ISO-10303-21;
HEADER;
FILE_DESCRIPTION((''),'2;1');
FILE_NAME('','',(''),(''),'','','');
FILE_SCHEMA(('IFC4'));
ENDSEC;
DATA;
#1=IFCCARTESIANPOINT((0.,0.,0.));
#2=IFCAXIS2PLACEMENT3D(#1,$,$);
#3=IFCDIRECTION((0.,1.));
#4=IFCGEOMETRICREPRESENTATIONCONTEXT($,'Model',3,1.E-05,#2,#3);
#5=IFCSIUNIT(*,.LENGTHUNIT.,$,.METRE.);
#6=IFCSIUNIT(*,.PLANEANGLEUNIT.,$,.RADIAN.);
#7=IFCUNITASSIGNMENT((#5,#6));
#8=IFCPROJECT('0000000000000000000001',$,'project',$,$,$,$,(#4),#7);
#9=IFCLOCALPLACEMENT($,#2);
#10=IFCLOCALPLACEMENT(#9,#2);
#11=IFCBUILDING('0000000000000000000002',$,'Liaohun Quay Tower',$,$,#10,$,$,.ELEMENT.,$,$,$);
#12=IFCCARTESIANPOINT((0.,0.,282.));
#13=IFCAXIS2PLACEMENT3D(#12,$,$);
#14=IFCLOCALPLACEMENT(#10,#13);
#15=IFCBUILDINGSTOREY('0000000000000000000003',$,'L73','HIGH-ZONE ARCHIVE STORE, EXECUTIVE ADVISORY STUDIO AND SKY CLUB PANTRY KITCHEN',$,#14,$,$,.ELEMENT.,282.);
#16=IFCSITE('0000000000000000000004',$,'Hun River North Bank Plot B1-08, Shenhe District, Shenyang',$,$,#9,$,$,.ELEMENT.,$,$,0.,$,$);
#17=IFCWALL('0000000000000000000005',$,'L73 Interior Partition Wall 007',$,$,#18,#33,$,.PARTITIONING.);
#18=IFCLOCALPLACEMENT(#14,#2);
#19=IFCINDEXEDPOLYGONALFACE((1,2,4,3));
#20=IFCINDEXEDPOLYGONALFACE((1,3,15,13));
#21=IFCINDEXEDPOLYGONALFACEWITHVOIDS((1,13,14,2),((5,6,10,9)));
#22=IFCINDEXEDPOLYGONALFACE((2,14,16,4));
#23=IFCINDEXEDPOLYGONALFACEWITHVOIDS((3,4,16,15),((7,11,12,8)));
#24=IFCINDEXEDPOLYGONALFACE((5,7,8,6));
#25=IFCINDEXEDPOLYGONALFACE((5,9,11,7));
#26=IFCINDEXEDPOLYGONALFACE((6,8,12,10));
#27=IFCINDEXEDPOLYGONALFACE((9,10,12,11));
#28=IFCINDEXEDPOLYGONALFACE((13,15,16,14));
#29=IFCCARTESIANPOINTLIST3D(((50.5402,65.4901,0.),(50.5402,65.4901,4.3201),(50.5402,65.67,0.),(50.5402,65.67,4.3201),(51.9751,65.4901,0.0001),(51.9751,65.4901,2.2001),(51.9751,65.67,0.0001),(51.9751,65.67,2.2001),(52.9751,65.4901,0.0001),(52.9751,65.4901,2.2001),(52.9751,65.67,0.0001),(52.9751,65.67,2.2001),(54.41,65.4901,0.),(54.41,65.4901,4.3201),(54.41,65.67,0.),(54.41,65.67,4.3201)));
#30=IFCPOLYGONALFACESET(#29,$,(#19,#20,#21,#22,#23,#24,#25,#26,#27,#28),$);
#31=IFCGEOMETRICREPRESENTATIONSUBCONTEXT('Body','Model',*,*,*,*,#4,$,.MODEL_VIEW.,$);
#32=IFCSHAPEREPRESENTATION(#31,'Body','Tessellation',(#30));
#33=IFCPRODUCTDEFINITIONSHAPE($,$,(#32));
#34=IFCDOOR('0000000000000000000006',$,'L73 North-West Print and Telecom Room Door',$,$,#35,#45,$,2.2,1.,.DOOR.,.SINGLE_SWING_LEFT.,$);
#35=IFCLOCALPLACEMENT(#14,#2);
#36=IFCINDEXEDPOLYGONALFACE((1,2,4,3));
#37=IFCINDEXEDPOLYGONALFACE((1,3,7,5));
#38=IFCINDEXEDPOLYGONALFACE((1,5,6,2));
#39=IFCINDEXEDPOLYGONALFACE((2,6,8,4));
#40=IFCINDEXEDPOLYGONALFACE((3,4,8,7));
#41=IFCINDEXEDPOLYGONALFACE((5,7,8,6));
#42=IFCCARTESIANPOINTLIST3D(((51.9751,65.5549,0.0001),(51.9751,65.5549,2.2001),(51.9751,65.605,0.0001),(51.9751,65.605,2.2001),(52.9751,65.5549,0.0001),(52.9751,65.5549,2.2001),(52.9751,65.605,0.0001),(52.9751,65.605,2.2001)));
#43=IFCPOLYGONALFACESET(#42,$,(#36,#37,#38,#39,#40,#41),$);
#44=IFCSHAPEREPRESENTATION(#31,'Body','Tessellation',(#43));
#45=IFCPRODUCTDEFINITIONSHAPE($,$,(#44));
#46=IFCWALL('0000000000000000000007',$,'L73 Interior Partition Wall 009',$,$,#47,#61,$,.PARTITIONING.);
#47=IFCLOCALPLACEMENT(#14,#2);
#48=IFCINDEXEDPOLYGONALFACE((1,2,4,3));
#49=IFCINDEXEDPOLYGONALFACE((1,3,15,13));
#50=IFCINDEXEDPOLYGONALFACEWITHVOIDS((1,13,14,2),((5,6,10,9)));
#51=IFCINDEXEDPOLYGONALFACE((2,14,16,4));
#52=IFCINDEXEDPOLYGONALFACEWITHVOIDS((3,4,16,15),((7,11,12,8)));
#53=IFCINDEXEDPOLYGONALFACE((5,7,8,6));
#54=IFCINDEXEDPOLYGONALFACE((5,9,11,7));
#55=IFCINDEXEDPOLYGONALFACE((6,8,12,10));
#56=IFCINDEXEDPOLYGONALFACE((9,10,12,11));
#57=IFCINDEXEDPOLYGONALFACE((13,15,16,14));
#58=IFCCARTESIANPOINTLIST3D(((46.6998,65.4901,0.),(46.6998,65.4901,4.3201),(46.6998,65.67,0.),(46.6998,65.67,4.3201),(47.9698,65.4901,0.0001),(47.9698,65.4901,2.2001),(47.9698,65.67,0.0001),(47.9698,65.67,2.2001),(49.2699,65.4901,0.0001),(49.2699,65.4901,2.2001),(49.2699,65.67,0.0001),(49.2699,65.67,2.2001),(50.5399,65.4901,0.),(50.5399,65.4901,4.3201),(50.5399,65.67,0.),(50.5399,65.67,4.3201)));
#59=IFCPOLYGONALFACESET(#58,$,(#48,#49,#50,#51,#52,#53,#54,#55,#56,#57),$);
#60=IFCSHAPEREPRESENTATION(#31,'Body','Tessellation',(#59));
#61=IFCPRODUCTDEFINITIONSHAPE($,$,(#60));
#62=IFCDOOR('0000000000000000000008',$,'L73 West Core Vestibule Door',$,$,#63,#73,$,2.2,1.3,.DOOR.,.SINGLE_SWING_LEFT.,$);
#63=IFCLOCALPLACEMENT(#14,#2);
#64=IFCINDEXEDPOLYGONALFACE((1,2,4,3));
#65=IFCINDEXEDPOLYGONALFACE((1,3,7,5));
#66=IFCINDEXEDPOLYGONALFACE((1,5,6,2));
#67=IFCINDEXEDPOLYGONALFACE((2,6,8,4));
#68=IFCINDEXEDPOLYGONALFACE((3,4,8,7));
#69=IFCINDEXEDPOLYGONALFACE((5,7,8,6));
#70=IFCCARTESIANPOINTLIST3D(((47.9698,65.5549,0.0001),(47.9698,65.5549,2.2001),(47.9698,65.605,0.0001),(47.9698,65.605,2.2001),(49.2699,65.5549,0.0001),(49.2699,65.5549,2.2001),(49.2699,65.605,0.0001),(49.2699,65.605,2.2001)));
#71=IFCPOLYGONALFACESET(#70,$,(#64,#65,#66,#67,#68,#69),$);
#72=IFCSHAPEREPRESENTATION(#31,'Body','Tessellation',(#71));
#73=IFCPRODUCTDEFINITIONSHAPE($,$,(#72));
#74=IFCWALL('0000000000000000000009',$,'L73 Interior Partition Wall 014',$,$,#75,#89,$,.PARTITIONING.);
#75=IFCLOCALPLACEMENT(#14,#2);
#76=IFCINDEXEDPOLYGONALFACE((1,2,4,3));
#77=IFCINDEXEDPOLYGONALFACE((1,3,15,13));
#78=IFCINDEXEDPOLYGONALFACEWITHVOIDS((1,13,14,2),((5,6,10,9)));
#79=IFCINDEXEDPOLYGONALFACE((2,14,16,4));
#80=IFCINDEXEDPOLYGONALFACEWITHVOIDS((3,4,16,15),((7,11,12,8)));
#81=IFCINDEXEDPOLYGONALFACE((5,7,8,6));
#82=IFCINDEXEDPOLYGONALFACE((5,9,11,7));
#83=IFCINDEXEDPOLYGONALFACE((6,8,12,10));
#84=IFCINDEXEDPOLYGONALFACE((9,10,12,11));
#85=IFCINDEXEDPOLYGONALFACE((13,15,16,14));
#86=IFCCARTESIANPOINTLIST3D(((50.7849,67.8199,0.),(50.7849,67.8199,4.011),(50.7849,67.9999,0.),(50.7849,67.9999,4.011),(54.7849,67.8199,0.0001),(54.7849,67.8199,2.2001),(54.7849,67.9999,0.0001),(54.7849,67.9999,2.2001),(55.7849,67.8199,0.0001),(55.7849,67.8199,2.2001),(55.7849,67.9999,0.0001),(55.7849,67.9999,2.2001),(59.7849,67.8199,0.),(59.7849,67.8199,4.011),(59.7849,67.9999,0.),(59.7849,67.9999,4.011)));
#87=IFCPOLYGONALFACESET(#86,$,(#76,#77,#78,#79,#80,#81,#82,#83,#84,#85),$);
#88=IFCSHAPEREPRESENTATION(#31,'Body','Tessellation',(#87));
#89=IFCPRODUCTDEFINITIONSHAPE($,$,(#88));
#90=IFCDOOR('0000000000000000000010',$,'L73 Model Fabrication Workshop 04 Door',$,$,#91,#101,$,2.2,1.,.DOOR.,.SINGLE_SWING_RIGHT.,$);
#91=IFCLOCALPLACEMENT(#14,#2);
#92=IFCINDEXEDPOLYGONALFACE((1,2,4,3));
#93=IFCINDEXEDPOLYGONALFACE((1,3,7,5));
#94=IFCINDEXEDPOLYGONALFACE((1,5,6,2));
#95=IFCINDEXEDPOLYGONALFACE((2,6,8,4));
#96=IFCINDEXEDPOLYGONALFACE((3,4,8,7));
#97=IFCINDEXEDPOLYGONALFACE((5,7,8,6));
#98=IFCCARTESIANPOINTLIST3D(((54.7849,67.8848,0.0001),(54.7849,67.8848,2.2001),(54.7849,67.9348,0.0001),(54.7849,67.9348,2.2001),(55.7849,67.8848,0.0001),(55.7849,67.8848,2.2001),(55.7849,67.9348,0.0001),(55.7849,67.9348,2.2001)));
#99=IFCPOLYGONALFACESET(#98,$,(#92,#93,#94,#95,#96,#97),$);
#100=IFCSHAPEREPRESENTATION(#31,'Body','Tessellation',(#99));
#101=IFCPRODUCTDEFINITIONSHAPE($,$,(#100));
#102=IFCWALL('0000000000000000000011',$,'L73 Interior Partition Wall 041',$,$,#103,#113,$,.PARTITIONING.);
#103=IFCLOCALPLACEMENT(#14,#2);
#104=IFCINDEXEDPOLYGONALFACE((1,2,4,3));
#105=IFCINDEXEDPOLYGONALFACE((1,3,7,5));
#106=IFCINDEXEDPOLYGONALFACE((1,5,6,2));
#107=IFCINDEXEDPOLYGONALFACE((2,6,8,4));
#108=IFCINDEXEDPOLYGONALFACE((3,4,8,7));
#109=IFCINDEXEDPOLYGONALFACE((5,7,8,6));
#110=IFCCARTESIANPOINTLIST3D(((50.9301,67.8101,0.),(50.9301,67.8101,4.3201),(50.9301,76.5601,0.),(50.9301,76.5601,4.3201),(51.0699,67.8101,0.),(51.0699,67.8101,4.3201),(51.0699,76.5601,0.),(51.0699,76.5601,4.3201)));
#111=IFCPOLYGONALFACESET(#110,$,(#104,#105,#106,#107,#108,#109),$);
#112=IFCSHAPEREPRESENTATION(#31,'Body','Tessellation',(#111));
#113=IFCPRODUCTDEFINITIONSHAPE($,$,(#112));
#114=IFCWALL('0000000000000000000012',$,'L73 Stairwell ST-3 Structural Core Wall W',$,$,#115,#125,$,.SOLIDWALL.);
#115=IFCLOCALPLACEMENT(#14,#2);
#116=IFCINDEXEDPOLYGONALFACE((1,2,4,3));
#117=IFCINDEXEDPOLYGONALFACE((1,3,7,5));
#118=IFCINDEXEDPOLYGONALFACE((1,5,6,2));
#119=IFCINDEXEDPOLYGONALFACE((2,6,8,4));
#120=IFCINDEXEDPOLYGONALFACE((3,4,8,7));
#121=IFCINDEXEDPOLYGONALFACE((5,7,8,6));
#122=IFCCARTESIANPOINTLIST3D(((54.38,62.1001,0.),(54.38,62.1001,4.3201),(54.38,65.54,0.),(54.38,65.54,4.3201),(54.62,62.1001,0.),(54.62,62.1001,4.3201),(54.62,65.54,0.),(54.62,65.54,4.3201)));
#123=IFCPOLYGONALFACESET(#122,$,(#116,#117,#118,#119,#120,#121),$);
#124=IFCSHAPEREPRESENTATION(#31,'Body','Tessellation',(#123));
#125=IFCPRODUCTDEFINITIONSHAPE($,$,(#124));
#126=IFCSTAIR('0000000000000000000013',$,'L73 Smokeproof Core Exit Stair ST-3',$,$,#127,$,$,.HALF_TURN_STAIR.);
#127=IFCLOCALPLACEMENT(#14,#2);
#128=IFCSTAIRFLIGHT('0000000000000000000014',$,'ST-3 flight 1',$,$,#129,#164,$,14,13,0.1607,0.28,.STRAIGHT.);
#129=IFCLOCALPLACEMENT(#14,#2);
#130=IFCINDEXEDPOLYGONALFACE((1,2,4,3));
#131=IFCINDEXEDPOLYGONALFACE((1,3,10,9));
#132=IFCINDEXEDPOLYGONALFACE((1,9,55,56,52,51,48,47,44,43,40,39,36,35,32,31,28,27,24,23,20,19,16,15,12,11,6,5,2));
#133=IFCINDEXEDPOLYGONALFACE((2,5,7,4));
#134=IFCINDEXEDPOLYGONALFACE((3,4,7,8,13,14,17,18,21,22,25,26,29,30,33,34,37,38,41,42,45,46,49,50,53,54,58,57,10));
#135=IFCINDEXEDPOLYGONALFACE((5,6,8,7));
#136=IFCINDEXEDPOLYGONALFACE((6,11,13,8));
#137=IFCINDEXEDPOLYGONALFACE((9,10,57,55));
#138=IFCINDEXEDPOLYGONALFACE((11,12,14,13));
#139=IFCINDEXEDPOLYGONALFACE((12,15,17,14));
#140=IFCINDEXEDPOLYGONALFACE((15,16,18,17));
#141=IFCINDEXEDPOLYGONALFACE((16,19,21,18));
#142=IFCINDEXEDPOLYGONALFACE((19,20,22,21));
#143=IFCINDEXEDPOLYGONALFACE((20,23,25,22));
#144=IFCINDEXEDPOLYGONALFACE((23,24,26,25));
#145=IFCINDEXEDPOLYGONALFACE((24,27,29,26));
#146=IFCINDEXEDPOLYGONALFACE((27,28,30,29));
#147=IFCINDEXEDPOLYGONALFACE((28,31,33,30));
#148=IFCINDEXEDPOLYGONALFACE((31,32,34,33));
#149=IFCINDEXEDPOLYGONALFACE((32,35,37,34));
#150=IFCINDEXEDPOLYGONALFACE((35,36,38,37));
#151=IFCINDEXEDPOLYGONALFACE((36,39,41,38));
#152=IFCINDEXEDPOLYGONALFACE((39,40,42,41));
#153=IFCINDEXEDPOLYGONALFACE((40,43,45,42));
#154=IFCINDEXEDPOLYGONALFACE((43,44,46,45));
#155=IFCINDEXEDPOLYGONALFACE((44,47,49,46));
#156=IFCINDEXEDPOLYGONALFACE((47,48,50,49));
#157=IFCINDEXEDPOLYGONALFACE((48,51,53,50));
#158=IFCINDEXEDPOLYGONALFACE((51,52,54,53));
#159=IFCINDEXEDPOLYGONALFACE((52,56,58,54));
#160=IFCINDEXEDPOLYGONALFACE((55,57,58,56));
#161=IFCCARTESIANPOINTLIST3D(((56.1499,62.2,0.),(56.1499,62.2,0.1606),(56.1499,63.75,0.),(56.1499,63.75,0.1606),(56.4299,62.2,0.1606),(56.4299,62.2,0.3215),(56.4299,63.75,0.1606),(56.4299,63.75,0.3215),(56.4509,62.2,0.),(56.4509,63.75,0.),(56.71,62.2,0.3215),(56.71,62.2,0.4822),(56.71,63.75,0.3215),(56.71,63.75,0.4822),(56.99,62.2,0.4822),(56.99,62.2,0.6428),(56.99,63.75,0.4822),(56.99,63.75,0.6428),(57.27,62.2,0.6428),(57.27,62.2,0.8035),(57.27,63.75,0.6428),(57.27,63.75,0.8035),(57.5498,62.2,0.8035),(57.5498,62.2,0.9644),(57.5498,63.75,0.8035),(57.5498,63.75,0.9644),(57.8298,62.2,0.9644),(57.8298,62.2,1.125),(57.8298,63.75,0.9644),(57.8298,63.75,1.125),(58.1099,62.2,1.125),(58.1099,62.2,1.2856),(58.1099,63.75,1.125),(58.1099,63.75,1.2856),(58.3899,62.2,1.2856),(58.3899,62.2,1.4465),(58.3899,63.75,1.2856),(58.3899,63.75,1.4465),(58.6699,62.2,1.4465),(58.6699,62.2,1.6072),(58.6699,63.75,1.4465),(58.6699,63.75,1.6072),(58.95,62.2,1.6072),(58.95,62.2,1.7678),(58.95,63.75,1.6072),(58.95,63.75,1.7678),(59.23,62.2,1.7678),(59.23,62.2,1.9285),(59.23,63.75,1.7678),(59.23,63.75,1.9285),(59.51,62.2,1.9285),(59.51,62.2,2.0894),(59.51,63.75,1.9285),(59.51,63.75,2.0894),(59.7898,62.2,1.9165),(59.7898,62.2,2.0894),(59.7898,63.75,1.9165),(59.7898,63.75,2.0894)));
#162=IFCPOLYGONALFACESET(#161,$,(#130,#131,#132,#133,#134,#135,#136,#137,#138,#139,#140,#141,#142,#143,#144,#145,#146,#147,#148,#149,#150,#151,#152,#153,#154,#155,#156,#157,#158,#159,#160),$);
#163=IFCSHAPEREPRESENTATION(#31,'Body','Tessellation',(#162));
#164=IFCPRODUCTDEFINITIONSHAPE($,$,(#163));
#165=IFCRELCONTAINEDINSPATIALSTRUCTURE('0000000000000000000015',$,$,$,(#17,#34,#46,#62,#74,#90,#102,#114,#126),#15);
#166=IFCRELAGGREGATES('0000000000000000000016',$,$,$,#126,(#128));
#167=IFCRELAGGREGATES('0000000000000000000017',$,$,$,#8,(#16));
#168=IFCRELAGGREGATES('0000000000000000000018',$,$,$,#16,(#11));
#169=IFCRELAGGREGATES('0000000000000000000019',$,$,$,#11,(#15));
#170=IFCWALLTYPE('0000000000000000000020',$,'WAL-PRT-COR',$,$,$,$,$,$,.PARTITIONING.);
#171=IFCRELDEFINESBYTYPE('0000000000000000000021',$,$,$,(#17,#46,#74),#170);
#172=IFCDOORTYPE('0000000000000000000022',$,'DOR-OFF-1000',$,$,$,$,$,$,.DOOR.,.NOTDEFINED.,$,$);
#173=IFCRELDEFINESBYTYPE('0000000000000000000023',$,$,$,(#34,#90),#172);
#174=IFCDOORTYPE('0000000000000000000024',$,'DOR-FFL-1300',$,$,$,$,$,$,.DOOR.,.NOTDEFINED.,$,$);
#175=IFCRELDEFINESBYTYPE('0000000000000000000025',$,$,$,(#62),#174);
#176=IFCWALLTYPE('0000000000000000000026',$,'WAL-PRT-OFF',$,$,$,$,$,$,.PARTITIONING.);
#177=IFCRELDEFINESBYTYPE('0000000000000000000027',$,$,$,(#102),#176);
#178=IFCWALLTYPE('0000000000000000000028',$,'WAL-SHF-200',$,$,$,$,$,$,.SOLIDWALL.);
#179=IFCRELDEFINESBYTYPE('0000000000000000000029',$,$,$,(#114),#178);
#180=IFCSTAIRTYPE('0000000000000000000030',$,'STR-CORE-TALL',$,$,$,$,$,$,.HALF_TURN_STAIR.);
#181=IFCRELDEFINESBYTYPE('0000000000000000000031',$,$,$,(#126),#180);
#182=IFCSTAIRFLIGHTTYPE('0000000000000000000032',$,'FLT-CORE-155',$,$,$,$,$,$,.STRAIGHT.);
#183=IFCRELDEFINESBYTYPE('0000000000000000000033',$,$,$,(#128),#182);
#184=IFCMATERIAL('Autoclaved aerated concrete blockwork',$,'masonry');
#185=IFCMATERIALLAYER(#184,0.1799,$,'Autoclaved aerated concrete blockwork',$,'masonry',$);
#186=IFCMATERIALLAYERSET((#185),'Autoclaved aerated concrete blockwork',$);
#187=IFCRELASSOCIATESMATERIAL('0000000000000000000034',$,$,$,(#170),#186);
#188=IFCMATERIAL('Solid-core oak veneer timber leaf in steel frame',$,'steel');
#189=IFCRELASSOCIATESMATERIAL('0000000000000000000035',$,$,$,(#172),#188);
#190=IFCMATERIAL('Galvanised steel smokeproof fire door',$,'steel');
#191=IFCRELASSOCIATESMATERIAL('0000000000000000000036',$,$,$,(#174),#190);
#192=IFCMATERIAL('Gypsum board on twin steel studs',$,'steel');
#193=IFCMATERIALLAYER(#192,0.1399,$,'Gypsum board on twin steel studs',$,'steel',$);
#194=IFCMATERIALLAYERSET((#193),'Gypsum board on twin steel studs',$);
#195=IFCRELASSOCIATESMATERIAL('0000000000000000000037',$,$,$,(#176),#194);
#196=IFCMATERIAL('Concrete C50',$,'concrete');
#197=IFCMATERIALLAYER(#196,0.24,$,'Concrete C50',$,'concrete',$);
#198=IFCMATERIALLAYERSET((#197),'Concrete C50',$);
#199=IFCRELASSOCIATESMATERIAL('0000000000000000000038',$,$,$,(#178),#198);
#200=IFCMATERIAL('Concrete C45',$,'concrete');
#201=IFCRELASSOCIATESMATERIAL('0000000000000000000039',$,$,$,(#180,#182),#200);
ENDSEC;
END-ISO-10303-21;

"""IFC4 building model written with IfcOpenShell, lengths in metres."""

from ifc_helpers import new_model, si_unit, direction, frame, frame_2d, origin, place, context, subcontext, project, spatial, polyline, rectangle, outline, extrude, source, transform, mapped, material, layer, layer_set, type_object, element, fill, aggregate, save


model = new_model("IFC4")

# Units and contexts
model_context = context("Model", 3, precision=1e-05, world=origin(), true_north=direction((0.0, 1.0)))
body_context = subcontext(model_context, "Body", "Model", "MODEL_VIEW")
ifc_project = project(units=[si_unit("LENGTHUNIT", "METRE"), si_unit("PLANEANGLEUNIT", "RADIAN")], contexts=[model_context])

# Site, building, storey
site_placement = place(None, origin())
site = spatial("IfcSite", under=ifc_project, at=site_placement, Name="Hun River North Bank Plot B1-08, Shenhe District, Shenyang", CompositionType="ELEMENT", RefElevation=0.0)
building_placement = place(site_placement, origin())
building = spatial("IfcBuilding", under=site, at=building_placement, Name="Liaohun Quay Tower", CompositionType="ELEMENT")
storey_placement = place(building_placement, frame((0.0, 0.0, 282.0)))
storey = spatial("IfcBuildingStorey", under=building, at=storey_placement, Name="L73", Description="HIGH-ZONE ARCHIVE STORE, EXECUTIVE ADVISORY STUDIO AND SKY CLUB PANTRY KITCHEN", CompositionType="ELEMENT", Elevation=282.0)

# Walls, openings, doors
ifc_material_1 = material(Name="Autoclaved aerated concrete blockwork", Category="masonry")
ifc_layer_1 = layer(ifc_material_1, 0.1799, Name="Autoclaved aerated concrete blockwork", Category="masonry")
ifc_layer_set_1 = layer_set([ifc_layer_1], Name="Autoclaved aerated concrete blockwork")
wall_type_1 = type_object("IfcWallType", Name="WAL-PRT-COR", PredefinedType="PARTITIONING", material=ifc_layer_set_1)
wall_1_placement = place(storey_placement, frame((50.54, 65.5801, 0.0), z_axis=(0.0, 0.0, 1.0), x_axis=(1.0, 0.0, 0.0)))
wall_1 = element("IfcWall", 1, at=wall_1_placement, inside=storey, type_object=wall_type_1, Name="L73 Interior Partition Wall 007", PredefinedType="PARTITIONING", context=body_context, shape_type="SweptSolid", body=[
    extrude(rectangle(XDim=3.8699, YDim=0.1799, at=frame_2d((1.9351, 0.0))), origin(), (0.0, 0.0, 1.0), 4.3201),
])
shared_shape_1 = source(origin(), body_context, "Body", "SweptSolid", [
    extrude(rectangle(XDim=1.0, YDim=2.2, at=frame_2d((0.5, 1.1001))), frame((0.0, 0.0999, 0.0), z_axis=(0.0, -1.0, 0.0), x_axis=(1.0, 0.0, 0.0)), (0.0, 0.0, 1.0), 0.2),
])
opening_1_placement = place(wall_1_placement, frame((1.4351, 0.0, 0.0)))
opening_1 = element("IfcOpeningElement", 2, at=opening_1_placement, cuts=wall_1, PredefinedType="OPENING", context=body_context, shape_type="MappedRepresentation", body=[
    mapped(shared_shape_1, transform((0.0, 0.0, 0.0), x_axis=(1.0, 0.0, 0.0), y_axis=(0.0, 1.0, 0.0), z_axis=(0.0, 0.0, 1.0), scale=1.0)),
])
ifc_material_2 = material(Name="Solid-core oak veneer timber leaf in steel frame", Category="steel")
door_type_1 = type_object("IfcDoorType", Name="DOR-OFF-1000", OperationType="NOTDEFINED", PredefinedType="DOOR", material=ifc_material_2)
shared_shape_2 = source(origin(), body_context, "Body", "SweptSolid", [
    extrude(rectangle(XDim=1.0, YDim=2.2, at=frame_2d((0.5, 1.1001))), frame((0.0, 0.0249, 0.0), z_axis=(0.0, -1.0, 0.0), x_axis=(1.0, 0.0, 0.0)), (0.0, 0.0, 1.0), 0.05),
])
door_1_placement = place(opening_1_placement, origin())
door_1 = element("IfcDoor", 3, at=door_1_placement, inside=storey, type_object=door_type_1, Name="L73 North-West Print and Telecom Room Door", OperationType="SINGLE_SWING_LEFT", OverallHeight=2.2, OverallWidth=1.0, PredefinedType="DOOR", context=body_context, shape_type="MappedRepresentation", body=[
    mapped(shared_shape_2, transform((0.0, 0.0, 0.0), x_axis=(1.0, 0.0, 0.0), y_axis=(0.0, 1.0, 0.0), z_axis=(0.0, 0.0, 1.0), scale=1.0)),
])
fill(opening_1, door_1)
wall_2_placement = place(storey_placement, frame((46.7, 65.5801, 0.0), z_axis=(0.0, 0.0, 1.0), x_axis=(1.0, 0.0, 0.0)))
wall_2 = element("IfcWall", 4, at=wall_2_placement, inside=storey, type_object=wall_type_1, Name="L73 Interior Partition Wall 009", PredefinedType="PARTITIONING", context=body_context, shape_type="SweptSolid", body=[
    extrude(rectangle(XDim=3.8401, YDim=0.1799, at=frame_2d((1.9199, 0.0))), origin(), (0.0, 0.0, 1.0), 4.3201),
])
shared_shape_3 = source(origin(), body_context, "Body", "SweptSolid", [
    extrude(rectangle(XDim=1.3, YDim=2.2, at=frame_2d((0.6499, 1.1001))), frame((0.0, 0.0999, 0.0), z_axis=(0.0, -1.0, 0.0), x_axis=(1.0, 0.0, 0.0)), (0.0, 0.0, 1.0), 0.2),
])
opening_2_placement = place(wall_2_placement, frame((1.27, 0.0, 0.0)))
opening_2 = element("IfcOpeningElement", 5, at=opening_2_placement, cuts=wall_2, PredefinedType="OPENING", context=body_context, shape_type="MappedRepresentation", body=[
    mapped(shared_shape_3, transform((0.0, 0.0, 0.0), x_axis=(1.0, 0.0, 0.0), y_axis=(0.0, 1.0, 0.0), z_axis=(0.0, 0.0, 1.0), scale=1.0)),
])
ifc_material_3 = material(Name="Galvanised steel smokeproof fire door", Category="steel")
door_type_2 = type_object("IfcDoorType", Name="DOR-FFL-1300", OperationType="NOTDEFINED", PredefinedType="DOOR", material=ifc_material_3)
shared_shape_4 = source(origin(), body_context, "Body", "SweptSolid", [
    extrude(rectangle(XDim=1.3, YDim=2.2, at=frame_2d((0.6499, 1.1001))), frame((0.0, 0.0249, 0.0), z_axis=(0.0, -1.0, 0.0), x_axis=(1.0, 0.0, 0.0)), (0.0, 0.0, 1.0), 0.05),
])
door_2_placement = place(opening_2_placement, origin())
door_2 = element("IfcDoor", 6, at=door_2_placement, inside=storey, type_object=door_type_2, Name="L73 West Core Vestibule Door", OperationType="SINGLE_SWING_LEFT", OverallHeight=2.2, OverallWidth=1.3, PredefinedType="DOOR", context=body_context, shape_type="MappedRepresentation", body=[
    mapped(shared_shape_4, transform((0.0, 0.0, 0.0), x_axis=(1.0, 0.0, 0.0), y_axis=(0.0, 1.0, 0.0), z_axis=(0.0, 0.0, 1.0), scale=1.0)),
])
fill(opening_2, door_2)
wall_3_placement = place(storey_placement, frame((50.7849, 67.9099, 0.0), z_axis=(0.0, 0.0, 1.0), x_axis=(1.0, 0.0, 0.0)))
wall_3 = element("IfcWall", 7, at=wall_3_placement, inside=storey, type_object=wall_type_1, Name="L73 Interior Partition Wall 014", PredefinedType="PARTITIONING", context=body_context, shape_type="SweptSolid", body=[
    extrude(rectangle(XDim=9.0, YDim=0.1799, at=frame_2d((4.5, 0.0))), origin(), (0.0, 0.0, 1.0), 4.011),
])
opening_3_placement = place(wall_3_placement, frame((4.0, 0.0, 0.0)))
opening_3 = element("IfcOpeningElement", 8, at=opening_3_placement, cuts=wall_3, PredefinedType="OPENING", context=body_context, shape_type="MappedRepresentation", body=[
    mapped(shared_shape_1, transform((0.0, 0.0, 0.0), x_axis=(1.0, 0.0, 0.0), y_axis=(0.0, 1.0, 0.0), z_axis=(0.0, 0.0, 1.0), scale=1.0)),
])
door_3_placement = place(opening_3_placement, origin())
door_3 = element("IfcDoor", 9, at=door_3_placement, inside=storey, type_object=door_type_1, Name="L73 Model Fabrication Workshop 04 Door", OperationType="SINGLE_SWING_RIGHT", OverallHeight=2.2, OverallWidth=1.0, PredefinedType="DOOR", context=body_context, shape_type="MappedRepresentation", body=[
    mapped(shared_shape_2, transform((0.0, 0.0, 0.0), x_axis=(1.0, 0.0, 0.0), y_axis=(0.0, 1.0, 0.0), z_axis=(0.0, 0.0, 1.0), scale=1.0)),
])
fill(opening_3, door_3)

# Walls
ifc_material_4 = material(Name="Gypsum board on twin steel studs", Category="steel")
ifc_layer_2 = layer(ifc_material_4, 0.1399, Name="Gypsum board on twin steel studs", Category="steel")
ifc_layer_set_2 = layer_set([ifc_layer_2], Name="Gypsum board on twin steel studs")
wall_type_2 = type_object("IfcWallType", Name="WAL-PRT-OFF", PredefinedType="PARTITIONING", material=ifc_layer_set_2)
wall_4_placement = place(storey_placement, frame((51.0, 67.8101, 0.0), z_axis=(0.0, 0.0, 1.0), x_axis=(0.0, 1.0, 0.0)))
element("IfcWall", 10, at=wall_4_placement, inside=storey, type_object=wall_type_2, Name="L73 Interior Partition Wall 041", PredefinedType="PARTITIONING", context=body_context, shape_type="SweptSolid", body=[
    extrude(rectangle(XDim=8.75, YDim=0.1399, at=frame_2d((4.375, 0.0))), origin(), (0.0, 0.0, 1.0), 4.3201),
])
ifc_material_5 = material(Name="Concrete C50", Category="concrete")
ifc_layer_3 = layer(ifc_material_5, 0.24, Name="Concrete C50", Category="concrete")
ifc_layer_set_3 = layer_set([ifc_layer_3], Name="Concrete C50")
wall_type_3 = type_object("IfcWallType", Name="WAL-SHF-200", PredefinedType="SOLIDWALL", material=ifc_layer_set_3)
wall_5_placement = place(storey_placement, frame((54.5, 65.54, 0.0), z_axis=(0.0, 0.0, 1.0), x_axis=(0.0, -1.0, 0.0)))
element("IfcWall", 11, at=wall_5_placement, inside=storey, type_object=wall_type_3, Name="L73 Stairwell ST-3 Structural Core Wall W", PredefinedType="SOLIDWALL", context=body_context, shape_type="SweptSolid", body=[
    extrude(rectangle(XDim=3.4399, YDim=0.24, at=frame_2d((1.72, 0.0))), origin(), (0.0, 0.0, 1.0), 4.3201),
])

# Stair, stair flight
ifc_material_6 = material(Name="Concrete C45", Category="concrete")
stair_type = type_object("IfcStairType", Name="STR-CORE-TALL", PredefinedType="HALF_TURN_STAIR", material=ifc_material_6)
stair_placement = place(storey_placement, origin())
stair = element("IfcStair", 12, at=stair_placement, inside=storey, type_object=stair_type, Name="L73 Smokeproof Core Exit Stair ST-3", PredefinedType="HALF_TURN_STAIR")
stair_flight_type = type_object("IfcStairFlightType", Name="FLT-CORE-155", PredefinedType="STRAIGHT", material=ifc_material_6)
stair_flight_placement = place(storey_placement, frame((56.1499, 62.9751, 0.0), z_axis=(0.0, 0.0, 1.0), x_axis=(1.0, 0.0, 0.0)))
stair_flight = element("IfcStairFlight", 13, at=stair_flight_placement, type_object=stair_flight_type, Name="ST-3 flight 1", NumberOfRisers=14, NumberOfTreads=13, PredefinedType="STRAIGHT", RiserHeight=0.1607, TreadLength=0.28, context=body_context, shape_type="SweptSolid", body=[
    extrude(outline(polyline([(0.0, 0.0), (0.0, 0.1606), (0.28, 0.1606), (0.28, 0.3215), (0.5601, 0.3215), (0.5601, 0.4822), (0.8401, 0.4822), (0.8401, 0.6428), (1.1201, 0.6428), (1.1201, 0.8035), (1.3999, 0.8035), (1.3999, 0.9644), (1.6799, 0.9644), (1.6799, 1.125), (1.96, 1.125), (1.96, 1.2856), (2.24, 1.2856), (2.24, 1.4465), (2.52, 1.4465), (2.52, 1.6072), (2.8, 1.6072), (2.8, 1.7678), (3.0801, 1.7678), (3.0801, 1.9285), (3.3601, 1.9285), (3.3601, 2.0894), (3.6399, 2.0894), (3.6399, 2.25), (3.6399, 1.9165), (0.301, 0.0), (0.0, 0.0)])), frame((0.0, 0.7749, 0.0), z_axis=(0.0, -1.0, 0.0), x_axis=(1.0, 0.0, 0.0)), (0.0, 0.0, 1.0), 1.55),
])
aggregate(stair, [stair_flight])

save(model, "model.ifc")
